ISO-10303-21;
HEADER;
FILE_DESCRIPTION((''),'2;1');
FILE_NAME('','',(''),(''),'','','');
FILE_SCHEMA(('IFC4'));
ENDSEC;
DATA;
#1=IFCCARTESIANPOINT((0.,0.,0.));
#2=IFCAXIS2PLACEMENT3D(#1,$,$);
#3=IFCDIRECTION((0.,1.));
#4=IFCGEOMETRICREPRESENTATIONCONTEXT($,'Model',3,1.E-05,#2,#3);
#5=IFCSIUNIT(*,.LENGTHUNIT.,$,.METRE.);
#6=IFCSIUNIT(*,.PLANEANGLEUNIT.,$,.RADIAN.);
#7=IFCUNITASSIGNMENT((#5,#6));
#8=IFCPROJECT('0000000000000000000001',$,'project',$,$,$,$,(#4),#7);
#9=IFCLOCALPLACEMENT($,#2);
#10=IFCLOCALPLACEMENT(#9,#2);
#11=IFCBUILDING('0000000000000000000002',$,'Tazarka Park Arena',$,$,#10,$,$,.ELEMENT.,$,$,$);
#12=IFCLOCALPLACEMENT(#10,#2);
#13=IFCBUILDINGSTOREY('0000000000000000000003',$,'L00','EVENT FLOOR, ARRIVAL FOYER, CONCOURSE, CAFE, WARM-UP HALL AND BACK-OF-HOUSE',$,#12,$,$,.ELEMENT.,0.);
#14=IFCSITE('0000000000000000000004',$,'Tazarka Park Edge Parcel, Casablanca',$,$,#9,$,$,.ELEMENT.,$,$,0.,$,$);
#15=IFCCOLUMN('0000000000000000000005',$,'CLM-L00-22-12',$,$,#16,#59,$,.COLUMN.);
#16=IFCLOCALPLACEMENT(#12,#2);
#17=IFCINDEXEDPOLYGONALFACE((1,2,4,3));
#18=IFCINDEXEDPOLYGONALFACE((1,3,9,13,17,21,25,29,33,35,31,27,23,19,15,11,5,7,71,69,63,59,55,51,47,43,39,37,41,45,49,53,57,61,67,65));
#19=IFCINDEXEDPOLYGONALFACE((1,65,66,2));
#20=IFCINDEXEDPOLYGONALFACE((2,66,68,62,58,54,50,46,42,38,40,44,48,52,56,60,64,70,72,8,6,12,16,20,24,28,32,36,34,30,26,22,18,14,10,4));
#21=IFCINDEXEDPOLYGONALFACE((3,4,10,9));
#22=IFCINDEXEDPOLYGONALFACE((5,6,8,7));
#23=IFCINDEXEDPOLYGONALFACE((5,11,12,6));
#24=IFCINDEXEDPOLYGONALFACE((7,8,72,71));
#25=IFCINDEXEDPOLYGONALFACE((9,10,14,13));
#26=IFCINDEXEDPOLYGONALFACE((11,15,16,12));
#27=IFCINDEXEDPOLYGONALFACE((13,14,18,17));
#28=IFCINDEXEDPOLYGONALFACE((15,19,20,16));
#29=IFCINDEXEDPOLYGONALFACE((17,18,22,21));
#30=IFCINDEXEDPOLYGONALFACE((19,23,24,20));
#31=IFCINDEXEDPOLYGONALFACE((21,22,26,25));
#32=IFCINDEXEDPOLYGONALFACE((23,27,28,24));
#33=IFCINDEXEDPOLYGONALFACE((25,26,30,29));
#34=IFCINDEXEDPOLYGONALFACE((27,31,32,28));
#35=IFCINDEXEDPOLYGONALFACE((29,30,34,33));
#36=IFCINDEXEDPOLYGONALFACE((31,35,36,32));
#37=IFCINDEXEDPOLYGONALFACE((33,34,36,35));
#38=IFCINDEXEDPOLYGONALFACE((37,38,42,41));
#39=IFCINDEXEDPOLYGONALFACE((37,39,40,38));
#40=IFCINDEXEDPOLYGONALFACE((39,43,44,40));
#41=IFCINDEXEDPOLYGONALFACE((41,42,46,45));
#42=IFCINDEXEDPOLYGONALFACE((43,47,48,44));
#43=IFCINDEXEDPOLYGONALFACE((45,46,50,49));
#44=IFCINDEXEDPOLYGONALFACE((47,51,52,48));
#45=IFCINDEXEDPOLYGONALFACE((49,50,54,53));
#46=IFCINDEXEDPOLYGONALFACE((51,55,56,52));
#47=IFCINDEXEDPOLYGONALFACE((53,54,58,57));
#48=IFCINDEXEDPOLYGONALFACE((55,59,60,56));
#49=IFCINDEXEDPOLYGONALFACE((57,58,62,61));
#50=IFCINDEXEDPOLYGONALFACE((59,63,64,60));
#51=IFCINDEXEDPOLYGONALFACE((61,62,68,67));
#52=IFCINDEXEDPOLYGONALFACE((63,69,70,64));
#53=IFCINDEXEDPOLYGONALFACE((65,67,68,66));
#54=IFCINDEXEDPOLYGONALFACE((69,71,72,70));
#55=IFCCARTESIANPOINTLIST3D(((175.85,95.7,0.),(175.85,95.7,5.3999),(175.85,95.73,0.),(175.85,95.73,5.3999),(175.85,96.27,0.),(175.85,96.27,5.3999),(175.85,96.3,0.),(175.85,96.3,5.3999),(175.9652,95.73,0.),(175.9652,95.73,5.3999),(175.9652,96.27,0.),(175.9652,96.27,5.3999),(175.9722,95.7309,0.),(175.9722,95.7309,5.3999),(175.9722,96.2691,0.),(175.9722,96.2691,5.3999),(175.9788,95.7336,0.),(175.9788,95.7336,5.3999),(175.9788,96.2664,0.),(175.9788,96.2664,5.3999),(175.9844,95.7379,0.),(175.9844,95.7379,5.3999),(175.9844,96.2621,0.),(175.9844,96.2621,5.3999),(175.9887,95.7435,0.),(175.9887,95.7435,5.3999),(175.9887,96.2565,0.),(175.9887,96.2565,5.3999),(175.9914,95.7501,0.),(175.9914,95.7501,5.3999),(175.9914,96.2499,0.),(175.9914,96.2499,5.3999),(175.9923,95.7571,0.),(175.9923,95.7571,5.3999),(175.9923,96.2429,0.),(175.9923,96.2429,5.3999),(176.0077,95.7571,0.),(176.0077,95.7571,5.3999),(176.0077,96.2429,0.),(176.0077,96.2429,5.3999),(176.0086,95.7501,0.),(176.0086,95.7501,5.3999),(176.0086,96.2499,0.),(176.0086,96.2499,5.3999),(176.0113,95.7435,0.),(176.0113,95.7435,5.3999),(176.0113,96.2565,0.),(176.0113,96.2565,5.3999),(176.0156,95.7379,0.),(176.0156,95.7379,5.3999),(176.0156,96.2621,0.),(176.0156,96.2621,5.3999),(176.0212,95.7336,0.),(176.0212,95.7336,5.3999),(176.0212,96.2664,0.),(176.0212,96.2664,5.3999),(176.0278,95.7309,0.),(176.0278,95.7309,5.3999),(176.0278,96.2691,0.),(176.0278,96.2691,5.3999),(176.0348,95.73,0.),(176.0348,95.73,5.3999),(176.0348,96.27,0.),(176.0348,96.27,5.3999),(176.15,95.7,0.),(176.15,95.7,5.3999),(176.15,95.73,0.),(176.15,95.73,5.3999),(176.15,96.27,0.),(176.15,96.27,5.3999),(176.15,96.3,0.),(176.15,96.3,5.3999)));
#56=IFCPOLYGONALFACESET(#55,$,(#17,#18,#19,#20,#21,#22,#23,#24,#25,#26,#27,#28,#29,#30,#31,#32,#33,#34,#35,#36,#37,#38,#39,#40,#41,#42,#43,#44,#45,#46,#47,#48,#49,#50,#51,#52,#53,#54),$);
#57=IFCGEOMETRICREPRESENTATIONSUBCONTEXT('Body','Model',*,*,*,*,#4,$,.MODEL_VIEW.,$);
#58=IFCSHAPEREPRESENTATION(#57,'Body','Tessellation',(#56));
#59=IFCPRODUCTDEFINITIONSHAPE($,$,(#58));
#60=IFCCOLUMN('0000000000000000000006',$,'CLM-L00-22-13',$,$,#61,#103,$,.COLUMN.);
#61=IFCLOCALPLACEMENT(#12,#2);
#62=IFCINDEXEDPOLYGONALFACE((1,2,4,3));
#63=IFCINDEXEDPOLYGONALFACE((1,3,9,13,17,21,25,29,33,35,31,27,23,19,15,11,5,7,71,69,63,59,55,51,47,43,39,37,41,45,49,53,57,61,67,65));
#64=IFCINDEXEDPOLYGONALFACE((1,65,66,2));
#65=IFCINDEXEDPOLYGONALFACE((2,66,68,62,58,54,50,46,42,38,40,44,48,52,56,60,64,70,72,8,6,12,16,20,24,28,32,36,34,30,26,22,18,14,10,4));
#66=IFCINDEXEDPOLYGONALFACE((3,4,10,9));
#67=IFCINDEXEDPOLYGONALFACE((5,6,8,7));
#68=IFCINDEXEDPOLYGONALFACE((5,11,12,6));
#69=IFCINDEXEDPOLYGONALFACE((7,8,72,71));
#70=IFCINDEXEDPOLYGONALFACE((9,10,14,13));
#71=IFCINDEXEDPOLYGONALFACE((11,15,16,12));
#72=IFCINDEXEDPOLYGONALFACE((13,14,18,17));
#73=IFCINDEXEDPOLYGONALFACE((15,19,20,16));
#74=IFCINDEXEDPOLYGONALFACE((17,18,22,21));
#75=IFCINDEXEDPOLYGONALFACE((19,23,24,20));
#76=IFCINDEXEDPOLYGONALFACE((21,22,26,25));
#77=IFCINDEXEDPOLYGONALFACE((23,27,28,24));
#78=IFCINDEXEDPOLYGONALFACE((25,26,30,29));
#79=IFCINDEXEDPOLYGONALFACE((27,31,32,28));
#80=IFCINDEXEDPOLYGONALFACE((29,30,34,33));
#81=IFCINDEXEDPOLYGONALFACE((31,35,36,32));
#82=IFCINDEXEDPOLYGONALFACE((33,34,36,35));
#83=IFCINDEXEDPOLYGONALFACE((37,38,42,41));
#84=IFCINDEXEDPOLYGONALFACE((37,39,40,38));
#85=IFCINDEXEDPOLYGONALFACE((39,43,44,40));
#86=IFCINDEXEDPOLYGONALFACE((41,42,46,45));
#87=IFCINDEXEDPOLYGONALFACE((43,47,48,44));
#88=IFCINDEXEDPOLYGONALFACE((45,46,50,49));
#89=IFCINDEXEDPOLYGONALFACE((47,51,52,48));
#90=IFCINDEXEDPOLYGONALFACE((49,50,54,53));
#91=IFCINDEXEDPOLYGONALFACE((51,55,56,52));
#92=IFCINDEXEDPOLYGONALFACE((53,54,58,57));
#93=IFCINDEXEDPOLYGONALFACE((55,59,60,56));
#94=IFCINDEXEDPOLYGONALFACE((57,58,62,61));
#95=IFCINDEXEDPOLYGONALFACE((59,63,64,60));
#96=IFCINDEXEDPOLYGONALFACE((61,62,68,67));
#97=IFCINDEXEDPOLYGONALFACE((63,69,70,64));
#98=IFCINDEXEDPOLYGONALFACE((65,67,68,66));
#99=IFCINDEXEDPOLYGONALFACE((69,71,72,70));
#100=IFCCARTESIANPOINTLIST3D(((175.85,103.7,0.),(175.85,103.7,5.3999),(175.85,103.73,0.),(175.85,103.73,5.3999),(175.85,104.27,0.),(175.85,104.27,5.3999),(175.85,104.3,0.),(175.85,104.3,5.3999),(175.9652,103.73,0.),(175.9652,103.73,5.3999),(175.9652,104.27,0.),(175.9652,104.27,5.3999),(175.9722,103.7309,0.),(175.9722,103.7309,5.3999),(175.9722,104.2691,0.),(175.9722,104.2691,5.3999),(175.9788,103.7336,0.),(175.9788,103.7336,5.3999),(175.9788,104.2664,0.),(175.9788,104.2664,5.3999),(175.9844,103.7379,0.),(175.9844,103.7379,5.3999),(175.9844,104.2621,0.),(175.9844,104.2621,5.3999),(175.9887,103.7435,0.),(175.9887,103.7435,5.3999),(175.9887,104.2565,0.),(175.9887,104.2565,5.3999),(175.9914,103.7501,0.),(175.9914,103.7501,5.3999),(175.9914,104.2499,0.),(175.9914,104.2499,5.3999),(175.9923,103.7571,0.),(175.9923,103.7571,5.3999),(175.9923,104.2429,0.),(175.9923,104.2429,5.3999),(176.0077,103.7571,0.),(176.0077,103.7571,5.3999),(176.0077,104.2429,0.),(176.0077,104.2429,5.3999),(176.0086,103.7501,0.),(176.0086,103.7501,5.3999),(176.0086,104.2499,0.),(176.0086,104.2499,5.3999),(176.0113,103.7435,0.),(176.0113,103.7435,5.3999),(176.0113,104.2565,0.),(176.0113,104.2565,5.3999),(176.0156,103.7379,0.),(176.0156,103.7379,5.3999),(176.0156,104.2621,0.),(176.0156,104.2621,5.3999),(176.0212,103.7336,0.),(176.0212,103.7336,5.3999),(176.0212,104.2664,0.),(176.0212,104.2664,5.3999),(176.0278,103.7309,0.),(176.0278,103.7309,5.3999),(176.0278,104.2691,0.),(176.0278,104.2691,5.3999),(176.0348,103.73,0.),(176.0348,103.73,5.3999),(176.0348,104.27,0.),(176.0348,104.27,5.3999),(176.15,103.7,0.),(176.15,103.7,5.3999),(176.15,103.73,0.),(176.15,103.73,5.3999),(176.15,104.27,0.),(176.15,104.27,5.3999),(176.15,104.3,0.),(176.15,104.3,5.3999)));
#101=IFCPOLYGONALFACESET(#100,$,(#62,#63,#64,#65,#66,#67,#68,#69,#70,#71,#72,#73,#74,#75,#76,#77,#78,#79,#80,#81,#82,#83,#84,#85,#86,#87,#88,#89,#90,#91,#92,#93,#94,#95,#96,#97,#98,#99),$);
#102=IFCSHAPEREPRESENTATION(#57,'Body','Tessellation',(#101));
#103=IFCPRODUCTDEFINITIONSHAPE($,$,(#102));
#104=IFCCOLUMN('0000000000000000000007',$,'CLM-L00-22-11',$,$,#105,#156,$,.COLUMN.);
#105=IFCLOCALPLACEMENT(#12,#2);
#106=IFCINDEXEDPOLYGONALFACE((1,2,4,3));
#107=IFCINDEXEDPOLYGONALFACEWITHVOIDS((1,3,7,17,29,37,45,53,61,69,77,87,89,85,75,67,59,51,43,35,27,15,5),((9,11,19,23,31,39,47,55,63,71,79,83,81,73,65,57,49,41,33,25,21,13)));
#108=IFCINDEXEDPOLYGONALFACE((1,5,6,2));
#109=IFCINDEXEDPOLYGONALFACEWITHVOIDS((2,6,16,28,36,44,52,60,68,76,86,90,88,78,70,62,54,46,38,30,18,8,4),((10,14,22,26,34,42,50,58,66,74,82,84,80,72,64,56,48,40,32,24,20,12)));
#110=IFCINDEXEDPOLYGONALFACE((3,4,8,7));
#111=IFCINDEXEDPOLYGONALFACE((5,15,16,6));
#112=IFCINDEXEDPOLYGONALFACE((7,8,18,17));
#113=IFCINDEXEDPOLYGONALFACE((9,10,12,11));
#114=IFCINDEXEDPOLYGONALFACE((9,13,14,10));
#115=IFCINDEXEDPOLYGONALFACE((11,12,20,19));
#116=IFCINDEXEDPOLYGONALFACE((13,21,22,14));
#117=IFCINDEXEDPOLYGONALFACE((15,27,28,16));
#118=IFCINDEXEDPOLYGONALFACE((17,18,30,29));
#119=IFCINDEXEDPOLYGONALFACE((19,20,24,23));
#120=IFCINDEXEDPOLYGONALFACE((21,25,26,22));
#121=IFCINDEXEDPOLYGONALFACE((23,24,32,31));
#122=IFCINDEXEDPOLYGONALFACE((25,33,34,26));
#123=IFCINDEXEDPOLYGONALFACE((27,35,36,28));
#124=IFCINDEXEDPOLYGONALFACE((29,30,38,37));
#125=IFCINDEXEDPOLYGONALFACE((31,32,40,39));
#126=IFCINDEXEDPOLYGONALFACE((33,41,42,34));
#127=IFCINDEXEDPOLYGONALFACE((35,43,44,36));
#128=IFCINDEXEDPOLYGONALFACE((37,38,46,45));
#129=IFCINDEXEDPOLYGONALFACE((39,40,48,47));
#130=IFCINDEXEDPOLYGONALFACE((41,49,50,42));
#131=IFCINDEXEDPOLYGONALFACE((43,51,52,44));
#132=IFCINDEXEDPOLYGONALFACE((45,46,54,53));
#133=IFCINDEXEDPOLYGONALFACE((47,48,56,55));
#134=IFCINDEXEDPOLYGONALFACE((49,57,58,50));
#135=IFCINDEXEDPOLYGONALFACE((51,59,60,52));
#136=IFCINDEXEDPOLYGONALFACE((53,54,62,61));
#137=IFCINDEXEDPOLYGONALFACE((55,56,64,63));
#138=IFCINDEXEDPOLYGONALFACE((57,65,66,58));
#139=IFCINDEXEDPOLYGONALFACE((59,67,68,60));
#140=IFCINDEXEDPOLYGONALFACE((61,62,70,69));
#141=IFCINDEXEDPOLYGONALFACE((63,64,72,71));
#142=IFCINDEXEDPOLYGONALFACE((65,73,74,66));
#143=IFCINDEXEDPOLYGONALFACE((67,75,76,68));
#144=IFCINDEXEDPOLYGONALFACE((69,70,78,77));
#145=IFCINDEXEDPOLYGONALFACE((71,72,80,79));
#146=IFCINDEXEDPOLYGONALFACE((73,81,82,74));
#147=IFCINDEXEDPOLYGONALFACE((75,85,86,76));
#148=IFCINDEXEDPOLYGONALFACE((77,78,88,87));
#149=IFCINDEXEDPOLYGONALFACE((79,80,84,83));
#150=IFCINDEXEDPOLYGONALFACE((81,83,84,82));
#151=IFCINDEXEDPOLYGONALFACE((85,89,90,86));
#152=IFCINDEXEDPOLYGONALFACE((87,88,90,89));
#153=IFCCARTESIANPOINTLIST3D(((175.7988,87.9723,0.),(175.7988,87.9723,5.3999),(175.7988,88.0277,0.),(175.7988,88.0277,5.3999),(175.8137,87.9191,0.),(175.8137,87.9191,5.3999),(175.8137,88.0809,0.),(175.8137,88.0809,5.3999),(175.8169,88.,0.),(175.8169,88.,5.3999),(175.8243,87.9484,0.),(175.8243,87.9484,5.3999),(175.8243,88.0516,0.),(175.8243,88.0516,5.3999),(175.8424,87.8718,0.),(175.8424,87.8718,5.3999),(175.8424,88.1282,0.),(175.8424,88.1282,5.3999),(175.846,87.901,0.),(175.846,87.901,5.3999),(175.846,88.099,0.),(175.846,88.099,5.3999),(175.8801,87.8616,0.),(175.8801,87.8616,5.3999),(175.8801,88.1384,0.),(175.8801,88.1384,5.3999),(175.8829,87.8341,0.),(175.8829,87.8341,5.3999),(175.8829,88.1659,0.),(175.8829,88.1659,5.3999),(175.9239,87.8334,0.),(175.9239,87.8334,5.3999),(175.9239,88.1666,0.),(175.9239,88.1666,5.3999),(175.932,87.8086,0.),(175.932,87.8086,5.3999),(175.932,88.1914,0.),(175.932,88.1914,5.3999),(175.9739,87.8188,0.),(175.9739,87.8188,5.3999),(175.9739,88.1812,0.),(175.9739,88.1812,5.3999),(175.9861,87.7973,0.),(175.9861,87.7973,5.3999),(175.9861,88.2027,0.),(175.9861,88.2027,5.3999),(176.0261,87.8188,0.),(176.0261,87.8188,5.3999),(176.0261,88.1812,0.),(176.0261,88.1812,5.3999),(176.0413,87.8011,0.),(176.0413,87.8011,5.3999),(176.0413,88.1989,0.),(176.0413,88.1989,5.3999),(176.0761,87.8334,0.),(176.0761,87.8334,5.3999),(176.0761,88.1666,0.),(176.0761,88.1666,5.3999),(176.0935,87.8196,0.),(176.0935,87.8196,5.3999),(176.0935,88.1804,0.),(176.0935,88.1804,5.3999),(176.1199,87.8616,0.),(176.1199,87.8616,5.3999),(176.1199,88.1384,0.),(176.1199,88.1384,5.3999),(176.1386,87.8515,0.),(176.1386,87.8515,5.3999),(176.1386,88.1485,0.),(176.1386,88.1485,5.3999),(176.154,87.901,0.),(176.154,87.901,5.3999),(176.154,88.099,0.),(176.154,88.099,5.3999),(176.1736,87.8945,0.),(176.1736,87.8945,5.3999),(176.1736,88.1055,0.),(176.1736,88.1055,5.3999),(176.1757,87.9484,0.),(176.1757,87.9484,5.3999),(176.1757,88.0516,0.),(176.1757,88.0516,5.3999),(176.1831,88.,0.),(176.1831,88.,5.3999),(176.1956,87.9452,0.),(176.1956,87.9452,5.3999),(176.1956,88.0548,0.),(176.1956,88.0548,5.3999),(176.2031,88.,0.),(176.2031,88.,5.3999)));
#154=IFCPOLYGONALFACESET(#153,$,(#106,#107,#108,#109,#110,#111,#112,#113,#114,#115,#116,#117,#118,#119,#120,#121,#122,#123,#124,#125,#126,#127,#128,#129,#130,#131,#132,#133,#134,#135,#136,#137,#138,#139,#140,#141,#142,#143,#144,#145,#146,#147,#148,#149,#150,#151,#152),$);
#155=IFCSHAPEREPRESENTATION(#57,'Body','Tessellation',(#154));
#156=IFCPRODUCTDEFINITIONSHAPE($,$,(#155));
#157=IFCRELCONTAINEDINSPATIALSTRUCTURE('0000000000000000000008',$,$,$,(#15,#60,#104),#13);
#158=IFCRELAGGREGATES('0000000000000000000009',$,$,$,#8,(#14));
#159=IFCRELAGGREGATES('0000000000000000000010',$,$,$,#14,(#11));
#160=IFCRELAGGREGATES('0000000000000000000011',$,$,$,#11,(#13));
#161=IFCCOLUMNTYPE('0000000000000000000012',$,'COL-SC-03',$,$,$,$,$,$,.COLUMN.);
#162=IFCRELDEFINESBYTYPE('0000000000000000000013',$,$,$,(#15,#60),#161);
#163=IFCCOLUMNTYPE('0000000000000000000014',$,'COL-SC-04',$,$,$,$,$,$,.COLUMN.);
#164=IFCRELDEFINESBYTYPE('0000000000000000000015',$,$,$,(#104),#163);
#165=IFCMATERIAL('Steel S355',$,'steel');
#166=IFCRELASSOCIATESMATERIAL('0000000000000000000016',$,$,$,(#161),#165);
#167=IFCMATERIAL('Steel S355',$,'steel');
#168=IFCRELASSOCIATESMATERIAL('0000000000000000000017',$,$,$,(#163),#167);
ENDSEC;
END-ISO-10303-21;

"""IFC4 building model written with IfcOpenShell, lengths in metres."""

from ifc_helpers import new_model, si_unit, direction, frame, origin, origin_2d, place, context, subcontext, project, spatial, hollow_circle, i_section, extrude, material, material_profile, profile_set, type_object, element, save


model = new_model("IFC4")

# Units and contexts
model_context = context("Model", 3, precision=1e-05, world=origin(), true_north=direction((0.0, 1.0)))
body_context = subcontext(model_context, "Body", "Model", "MODEL_VIEW")
ifc_project = project(units=[si_unit("LENGTHUNIT", "METRE"), si_unit("PLANEANGLEUNIT", "RADIAN")], contexts=[model_context])

# Site, building, storey
site_placement = place(None, origin())
site = spatial("IfcSite", under=ifc_project, at=site_placement, Name="Tazarka Park Edge Parcel, Casablanca", CompositionType="ELEMENT", RefElevation=0.0)
building_placement = place(site_placement, origin())
building = spatial("IfcBuilding", under=site, at=building_placement, Name="Tazarka Park Arena", CompositionType="ELEMENT")
storey_placement = place(building_placement, origin())
storey = spatial("IfcBuildingStorey", under=building, at=storey_placement, Name="L00", Description="EVENT FLOOR, ARRIVAL FOYER, CONCOURSE, CAFE, WARM-UP HALL AND BACK-OF-HOUSE", CompositionType="ELEMENT", Elevation=0.0)

# Columns
ifc_material_1 = material(Name="Steel S355", Category="steel")
ifc_material_profile_1 = material_profile(ifc_material_1, i_section(OverallWidth=0.3, OverallDepth=0.6001, WebThickness=0.0154, FlangeThickness=0.03, FilletRadius=0.0271, at=origin_2d()), Name="Steel S355")
ifc_profile_set_1 = profile_set([ifc_material_profile_1], Name="Steel S355")
column_type_1 = type_object("IfcColumnType", Name="COL-SC-03", PredefinedType="COLUMN", material=ifc_profile_set_1)
for number, where, z_axis, x_axis, name in (
    (1, (176.0, 96.0, 0.0), (0.0, 0.0, 1.0), (1.0, 0.0, 0.0), "CLM-L00-22-12"),
    (2, (176.0, 104.0, 0.0), (0.0, 0.0, 1.0), (1.0, 0.0, 0.0), "CLM-L00-22-13"),
):
    element("IfcColumn", number, at=place(storey_placement, frame(where, z_axis=z_axis, x_axis=x_axis)), inside=storey, type_object=column_type_1, Name=name, PredefinedType="COLUMN", context=body_context, shape_type="SweptSolid", body=[
        extrude(i_section(OverallWidth=0.3, OverallDepth=0.6001, WebThickness=0.0154, FlangeThickness=0.03, FilletRadius=0.0271, at=origin_2d()), origin(), (0.0, 0.0, 1.0), 5.3999),
    ])
ifc_material_2 = material(Name="Steel S355", Category="steel")
ifc_material_profile_2 = material_profile(ifc_material_2, hollow_circle(Radius=0.2031, WallThickness=0.02, at=origin_2d()), Name="Steel S355")
ifc_profile_set_2 = profile_set([ifc_material_profile_2], Name="Steel S355")
column_type_2 = type_object("IfcColumnType", Name="COL-SC-04", PredefinedType="COLUMN", material=ifc_profile_set_2)
for number, where, z_axis, x_axis, name in (
    (3, (176.0, 88.0, 0.0), (0.0, 0.0, 1.0), (1.0, 0.0, 0.0), "CLM-L00-22-11"),
):
    element("IfcColumn", number, at=place(storey_placement, frame(where, z_axis=z_axis, x_axis=x_axis)), inside=storey, type_object=column_type_2, Name=name, PredefinedType="COLUMN", context=body_context, shape_type="SweptSolid", body=[
        extrude(hollow_circle(Radius=0.2031, WallThickness=0.02, at=origin_2d()), origin(), (0.0, 0.0, 1.0), 5.3999),
    ])

save(model, "model.ifc")
